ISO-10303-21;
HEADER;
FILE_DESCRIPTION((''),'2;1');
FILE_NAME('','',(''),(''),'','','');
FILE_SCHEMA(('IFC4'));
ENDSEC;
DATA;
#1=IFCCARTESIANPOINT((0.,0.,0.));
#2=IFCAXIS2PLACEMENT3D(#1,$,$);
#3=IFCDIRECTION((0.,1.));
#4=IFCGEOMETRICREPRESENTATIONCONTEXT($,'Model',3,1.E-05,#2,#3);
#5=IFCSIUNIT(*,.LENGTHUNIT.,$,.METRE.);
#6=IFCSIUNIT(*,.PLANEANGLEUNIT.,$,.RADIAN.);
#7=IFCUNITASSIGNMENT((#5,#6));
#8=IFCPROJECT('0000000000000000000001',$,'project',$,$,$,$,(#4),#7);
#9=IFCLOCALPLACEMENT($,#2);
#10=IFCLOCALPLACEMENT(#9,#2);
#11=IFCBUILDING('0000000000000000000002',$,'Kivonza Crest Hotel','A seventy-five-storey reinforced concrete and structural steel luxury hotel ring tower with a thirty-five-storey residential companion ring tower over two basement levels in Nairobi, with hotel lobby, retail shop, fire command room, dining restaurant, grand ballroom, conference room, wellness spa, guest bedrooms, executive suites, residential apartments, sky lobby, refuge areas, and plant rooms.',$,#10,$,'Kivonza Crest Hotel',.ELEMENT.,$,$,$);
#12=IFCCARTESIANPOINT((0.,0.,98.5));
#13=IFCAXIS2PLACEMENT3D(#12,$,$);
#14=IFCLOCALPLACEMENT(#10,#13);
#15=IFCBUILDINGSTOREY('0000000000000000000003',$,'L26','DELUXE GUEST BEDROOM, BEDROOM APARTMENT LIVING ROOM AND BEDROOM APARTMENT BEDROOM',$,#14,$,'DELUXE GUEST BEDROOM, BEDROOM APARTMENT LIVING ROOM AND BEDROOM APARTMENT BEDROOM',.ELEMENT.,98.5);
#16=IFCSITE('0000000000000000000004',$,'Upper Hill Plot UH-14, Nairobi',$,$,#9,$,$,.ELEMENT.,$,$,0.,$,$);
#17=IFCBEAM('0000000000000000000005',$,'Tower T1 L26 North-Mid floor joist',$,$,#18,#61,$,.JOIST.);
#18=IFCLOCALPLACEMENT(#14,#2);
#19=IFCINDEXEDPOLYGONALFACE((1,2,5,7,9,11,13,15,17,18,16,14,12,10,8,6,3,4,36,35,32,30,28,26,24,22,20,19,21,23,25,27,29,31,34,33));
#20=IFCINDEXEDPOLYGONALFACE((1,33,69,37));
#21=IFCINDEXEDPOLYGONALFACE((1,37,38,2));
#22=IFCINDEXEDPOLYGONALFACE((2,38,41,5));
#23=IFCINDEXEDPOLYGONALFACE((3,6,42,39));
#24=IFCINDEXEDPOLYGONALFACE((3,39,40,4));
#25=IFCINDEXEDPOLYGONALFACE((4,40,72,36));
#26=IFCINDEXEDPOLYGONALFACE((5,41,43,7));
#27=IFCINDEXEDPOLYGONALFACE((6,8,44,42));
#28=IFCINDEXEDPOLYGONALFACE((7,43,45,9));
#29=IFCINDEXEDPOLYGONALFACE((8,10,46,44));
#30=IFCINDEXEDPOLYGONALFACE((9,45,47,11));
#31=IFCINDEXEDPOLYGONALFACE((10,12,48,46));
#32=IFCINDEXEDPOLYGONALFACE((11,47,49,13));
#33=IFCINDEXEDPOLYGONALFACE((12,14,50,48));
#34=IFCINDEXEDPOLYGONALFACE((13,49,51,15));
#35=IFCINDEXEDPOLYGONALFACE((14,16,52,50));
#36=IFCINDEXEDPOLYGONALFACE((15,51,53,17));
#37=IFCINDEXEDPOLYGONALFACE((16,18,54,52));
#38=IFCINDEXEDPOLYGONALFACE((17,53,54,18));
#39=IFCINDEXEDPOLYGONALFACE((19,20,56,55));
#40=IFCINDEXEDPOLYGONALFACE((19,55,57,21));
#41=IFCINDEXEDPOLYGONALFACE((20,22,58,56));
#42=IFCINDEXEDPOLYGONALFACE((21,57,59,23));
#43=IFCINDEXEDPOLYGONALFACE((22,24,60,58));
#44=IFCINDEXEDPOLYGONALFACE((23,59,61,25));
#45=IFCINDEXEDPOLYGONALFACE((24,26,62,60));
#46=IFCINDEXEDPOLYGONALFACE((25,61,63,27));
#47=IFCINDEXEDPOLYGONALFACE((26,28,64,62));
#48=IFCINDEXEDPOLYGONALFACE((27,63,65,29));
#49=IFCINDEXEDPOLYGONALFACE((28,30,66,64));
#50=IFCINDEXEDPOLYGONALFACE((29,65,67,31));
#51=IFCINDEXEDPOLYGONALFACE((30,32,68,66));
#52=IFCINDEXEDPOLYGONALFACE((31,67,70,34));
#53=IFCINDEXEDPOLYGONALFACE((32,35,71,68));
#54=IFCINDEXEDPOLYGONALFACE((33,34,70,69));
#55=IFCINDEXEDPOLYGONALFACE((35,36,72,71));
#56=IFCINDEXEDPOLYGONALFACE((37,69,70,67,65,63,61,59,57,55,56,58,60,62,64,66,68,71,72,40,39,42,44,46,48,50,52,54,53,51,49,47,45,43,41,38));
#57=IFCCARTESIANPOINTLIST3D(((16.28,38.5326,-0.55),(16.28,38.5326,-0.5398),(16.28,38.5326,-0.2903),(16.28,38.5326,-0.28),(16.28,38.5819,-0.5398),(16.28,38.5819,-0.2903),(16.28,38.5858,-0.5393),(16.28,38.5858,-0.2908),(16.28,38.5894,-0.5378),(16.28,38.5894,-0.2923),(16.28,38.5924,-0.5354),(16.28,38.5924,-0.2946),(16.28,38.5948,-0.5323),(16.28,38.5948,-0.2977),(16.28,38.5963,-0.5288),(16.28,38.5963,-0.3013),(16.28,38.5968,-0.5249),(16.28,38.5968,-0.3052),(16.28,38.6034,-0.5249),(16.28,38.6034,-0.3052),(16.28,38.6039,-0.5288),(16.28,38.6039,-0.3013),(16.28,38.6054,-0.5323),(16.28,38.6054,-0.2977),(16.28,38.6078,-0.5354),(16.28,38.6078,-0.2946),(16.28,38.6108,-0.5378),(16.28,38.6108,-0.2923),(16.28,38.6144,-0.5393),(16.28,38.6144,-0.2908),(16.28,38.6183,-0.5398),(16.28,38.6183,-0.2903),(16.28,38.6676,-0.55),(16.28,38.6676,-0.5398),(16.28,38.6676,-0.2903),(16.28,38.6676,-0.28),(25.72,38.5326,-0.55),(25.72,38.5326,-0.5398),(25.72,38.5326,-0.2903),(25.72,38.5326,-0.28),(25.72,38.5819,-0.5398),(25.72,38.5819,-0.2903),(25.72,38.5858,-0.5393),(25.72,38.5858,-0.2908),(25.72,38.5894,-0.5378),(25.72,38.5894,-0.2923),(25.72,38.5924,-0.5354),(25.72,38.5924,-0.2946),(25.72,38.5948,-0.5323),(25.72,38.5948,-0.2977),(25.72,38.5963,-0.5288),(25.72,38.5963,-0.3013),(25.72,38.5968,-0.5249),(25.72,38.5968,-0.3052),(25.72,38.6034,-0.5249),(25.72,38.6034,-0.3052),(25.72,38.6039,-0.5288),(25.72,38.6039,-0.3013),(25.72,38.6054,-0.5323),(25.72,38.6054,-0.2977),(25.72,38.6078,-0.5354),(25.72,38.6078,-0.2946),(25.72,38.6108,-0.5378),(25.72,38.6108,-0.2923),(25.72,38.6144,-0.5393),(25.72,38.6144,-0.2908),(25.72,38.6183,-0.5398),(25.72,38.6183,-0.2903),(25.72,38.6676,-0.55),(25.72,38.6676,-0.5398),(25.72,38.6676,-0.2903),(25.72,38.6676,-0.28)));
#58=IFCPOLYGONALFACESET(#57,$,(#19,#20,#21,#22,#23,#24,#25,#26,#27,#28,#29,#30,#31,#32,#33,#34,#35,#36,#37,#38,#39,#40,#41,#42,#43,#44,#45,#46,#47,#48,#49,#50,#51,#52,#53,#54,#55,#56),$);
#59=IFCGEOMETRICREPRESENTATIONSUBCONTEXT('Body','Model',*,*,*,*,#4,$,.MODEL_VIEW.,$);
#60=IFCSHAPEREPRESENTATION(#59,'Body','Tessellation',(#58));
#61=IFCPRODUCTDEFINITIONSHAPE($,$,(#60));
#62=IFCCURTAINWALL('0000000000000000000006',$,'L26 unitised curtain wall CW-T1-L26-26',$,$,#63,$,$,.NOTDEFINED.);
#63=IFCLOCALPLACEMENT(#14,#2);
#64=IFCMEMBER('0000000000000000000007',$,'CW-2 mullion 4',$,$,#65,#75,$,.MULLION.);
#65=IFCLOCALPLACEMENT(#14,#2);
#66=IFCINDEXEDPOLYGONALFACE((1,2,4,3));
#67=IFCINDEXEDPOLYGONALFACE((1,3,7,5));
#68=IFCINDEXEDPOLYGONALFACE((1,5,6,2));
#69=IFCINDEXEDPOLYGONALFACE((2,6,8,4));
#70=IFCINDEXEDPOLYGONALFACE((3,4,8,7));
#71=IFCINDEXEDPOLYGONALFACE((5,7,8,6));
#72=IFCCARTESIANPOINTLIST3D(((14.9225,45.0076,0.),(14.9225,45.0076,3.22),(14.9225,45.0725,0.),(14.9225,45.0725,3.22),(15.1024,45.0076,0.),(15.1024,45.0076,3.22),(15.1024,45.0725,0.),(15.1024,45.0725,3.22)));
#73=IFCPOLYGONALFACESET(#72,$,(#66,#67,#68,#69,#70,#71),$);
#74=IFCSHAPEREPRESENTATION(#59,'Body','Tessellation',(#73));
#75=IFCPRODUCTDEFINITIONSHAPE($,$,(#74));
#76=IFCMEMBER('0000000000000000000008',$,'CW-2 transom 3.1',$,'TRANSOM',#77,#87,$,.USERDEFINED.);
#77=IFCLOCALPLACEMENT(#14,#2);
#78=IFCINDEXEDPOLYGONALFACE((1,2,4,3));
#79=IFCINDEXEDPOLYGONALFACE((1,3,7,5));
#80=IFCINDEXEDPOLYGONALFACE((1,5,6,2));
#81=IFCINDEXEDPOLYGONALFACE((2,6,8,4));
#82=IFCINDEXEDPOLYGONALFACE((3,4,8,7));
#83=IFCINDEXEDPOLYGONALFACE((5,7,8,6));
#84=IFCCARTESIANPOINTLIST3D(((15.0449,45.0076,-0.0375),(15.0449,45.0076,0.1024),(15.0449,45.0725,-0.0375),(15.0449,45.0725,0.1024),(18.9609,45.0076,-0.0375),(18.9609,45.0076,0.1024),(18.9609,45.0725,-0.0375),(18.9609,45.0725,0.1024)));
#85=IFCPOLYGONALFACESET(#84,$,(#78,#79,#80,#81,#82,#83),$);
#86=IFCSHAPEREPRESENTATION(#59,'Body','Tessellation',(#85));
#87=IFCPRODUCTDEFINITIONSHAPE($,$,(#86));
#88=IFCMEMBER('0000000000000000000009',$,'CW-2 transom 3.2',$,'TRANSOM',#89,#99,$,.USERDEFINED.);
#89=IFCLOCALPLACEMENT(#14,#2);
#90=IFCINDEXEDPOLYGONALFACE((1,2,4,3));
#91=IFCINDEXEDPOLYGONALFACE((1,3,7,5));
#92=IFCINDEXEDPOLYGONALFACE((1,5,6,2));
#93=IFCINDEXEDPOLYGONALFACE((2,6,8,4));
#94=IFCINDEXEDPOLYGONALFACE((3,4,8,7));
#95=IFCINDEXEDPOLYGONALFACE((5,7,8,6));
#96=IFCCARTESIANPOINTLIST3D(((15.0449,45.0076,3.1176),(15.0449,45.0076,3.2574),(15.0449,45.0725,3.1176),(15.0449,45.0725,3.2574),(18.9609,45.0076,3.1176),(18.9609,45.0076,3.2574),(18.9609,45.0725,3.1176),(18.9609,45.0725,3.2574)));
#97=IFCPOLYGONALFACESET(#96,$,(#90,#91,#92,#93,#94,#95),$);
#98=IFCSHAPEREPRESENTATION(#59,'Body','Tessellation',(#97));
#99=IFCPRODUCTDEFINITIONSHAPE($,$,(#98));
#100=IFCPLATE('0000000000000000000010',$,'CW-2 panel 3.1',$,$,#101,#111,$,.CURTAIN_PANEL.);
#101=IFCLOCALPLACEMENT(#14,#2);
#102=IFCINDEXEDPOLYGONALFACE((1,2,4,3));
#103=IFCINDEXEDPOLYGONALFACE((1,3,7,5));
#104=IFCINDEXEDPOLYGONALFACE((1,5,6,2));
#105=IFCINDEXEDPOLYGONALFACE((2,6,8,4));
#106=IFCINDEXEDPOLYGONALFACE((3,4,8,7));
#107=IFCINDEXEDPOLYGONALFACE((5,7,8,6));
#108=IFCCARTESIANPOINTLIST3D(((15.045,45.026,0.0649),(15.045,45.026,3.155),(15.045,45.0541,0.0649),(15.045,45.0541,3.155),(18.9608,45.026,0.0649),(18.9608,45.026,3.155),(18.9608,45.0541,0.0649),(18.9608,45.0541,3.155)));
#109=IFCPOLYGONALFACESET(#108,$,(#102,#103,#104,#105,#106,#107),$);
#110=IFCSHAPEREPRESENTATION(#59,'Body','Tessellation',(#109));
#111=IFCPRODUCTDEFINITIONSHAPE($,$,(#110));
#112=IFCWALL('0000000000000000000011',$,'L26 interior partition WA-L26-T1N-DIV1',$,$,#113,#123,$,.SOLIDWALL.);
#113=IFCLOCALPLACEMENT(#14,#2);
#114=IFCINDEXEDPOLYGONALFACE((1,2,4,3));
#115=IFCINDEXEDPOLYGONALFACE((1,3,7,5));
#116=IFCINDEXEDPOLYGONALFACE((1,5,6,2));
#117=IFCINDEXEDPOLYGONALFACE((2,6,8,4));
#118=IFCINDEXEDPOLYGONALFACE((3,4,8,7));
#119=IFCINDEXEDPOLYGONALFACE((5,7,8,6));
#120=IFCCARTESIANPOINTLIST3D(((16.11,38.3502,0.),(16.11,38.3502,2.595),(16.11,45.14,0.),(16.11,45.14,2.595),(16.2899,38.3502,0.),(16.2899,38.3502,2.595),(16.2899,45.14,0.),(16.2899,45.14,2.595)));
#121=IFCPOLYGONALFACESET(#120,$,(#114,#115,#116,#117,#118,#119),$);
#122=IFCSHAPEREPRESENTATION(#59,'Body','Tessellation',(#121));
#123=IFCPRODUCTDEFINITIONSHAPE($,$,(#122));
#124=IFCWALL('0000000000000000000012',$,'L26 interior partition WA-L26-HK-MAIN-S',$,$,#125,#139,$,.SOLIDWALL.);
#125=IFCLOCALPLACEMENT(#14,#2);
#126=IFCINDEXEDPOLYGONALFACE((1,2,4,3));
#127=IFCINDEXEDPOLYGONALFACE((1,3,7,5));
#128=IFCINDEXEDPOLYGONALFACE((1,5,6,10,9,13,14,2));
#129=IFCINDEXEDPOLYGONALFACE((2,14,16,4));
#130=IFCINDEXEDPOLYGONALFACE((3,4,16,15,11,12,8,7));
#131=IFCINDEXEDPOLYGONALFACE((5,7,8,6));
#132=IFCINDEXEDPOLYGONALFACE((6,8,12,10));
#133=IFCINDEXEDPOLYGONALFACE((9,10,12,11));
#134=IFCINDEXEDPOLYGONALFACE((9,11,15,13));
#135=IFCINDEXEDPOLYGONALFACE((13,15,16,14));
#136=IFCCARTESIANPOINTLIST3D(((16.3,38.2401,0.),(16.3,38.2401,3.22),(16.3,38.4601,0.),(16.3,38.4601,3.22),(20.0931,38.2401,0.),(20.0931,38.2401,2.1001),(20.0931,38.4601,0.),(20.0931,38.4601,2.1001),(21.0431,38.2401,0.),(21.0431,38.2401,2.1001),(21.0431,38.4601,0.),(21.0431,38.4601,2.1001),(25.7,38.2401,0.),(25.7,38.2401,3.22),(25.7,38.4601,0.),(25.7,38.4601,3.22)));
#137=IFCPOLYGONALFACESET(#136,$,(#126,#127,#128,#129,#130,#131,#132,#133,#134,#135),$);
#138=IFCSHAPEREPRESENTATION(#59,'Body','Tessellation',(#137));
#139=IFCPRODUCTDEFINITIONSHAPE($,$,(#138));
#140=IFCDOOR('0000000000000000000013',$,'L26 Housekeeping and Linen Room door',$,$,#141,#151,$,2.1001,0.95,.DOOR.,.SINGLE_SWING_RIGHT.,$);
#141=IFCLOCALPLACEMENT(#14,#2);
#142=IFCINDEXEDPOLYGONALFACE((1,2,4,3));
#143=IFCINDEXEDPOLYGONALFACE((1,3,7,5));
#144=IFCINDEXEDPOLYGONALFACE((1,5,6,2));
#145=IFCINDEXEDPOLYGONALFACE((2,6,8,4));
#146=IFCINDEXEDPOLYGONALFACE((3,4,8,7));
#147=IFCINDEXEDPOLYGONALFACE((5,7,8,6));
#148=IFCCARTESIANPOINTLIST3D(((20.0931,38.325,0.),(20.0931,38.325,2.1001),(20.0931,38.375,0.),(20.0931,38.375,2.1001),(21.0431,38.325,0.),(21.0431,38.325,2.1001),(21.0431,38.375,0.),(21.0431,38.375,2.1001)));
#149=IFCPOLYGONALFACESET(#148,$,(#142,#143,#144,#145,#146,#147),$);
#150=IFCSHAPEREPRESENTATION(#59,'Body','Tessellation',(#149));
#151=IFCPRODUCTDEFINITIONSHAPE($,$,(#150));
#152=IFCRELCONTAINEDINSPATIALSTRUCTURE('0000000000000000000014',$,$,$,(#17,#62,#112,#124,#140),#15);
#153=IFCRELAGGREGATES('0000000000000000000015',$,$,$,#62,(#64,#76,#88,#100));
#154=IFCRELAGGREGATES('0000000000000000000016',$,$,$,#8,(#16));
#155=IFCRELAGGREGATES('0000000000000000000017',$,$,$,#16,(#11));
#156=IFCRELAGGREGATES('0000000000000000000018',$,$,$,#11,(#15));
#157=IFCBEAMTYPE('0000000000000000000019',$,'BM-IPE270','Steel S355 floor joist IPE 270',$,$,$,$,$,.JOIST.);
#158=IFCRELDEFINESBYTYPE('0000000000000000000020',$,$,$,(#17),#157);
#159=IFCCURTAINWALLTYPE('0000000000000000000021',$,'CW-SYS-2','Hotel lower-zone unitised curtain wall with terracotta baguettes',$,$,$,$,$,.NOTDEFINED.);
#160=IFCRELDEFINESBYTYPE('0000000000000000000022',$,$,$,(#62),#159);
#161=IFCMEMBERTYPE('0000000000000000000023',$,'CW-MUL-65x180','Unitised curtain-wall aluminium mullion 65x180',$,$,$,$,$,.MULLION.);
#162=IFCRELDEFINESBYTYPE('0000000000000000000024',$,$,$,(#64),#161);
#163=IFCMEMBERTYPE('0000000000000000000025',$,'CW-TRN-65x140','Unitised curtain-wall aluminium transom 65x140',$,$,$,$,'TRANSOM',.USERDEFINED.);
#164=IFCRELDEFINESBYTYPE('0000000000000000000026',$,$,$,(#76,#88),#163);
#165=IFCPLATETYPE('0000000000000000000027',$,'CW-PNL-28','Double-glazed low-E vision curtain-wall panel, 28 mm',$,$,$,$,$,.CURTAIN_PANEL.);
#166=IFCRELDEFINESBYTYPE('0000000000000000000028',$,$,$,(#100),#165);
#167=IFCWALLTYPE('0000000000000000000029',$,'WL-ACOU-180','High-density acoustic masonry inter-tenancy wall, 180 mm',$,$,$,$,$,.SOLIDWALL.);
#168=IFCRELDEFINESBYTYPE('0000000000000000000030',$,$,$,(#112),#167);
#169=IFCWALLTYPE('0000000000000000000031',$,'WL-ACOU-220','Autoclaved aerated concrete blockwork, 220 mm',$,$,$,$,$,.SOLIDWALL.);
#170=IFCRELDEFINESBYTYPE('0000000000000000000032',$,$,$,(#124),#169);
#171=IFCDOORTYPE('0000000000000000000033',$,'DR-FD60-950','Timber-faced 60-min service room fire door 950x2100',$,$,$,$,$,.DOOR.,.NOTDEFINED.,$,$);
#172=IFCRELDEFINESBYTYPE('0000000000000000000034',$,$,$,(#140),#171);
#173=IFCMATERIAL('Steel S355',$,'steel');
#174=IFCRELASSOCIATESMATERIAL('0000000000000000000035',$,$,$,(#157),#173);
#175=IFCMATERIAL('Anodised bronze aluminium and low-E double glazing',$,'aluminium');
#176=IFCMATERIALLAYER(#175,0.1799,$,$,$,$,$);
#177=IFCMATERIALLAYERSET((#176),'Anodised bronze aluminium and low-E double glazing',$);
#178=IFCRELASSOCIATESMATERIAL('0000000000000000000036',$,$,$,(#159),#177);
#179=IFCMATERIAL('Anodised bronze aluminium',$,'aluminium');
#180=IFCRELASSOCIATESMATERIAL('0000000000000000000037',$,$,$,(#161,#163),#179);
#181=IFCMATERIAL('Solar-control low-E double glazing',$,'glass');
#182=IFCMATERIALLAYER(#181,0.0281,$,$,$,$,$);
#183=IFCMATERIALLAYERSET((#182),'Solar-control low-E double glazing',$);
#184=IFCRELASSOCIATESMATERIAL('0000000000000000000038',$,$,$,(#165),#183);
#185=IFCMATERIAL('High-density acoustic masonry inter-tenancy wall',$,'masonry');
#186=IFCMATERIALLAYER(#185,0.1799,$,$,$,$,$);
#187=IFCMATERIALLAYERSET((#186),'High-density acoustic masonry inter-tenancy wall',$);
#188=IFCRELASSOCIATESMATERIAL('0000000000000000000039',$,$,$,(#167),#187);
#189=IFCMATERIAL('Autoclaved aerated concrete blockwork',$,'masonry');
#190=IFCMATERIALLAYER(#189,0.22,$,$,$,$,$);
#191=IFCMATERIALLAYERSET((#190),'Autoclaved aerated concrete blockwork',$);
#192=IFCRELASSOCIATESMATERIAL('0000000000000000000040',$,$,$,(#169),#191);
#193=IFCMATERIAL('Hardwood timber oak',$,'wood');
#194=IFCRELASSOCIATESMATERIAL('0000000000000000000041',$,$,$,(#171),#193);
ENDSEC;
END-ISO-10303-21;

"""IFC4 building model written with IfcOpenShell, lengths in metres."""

from ifc_helpers import new_model, si_unit, direction, frame, frame_2d, origin, origin_2d, place, context, subcontext, project, spatial, rectangle, i_section, extrude, material, layer, layer_set, material_profile, profile_set, type_object, element, fill, aggregate, save


model = new_model("IFC4")

# Units and contexts
model_context = context("Model", 3, precision=1e-05, world=origin(), true_north=direction((0.0, 1.0)))
body_context = subcontext(model_context, "Body", "Model", "MODEL_VIEW")
ifc_project = project(units=[si_unit("LENGTHUNIT", "METRE"), si_unit("PLANEANGLEUNIT", "RADIAN")], contexts=[model_context])

# Site, building, storey
site_placement = place(None, origin())
site = spatial("IfcSite", under=ifc_project, at=site_placement, Name="Upper Hill Plot UH-14, Nairobi", CompositionType="ELEMENT", RefElevation=0.0)
building_placement = place(site_placement, origin())
building = spatial("IfcBuilding", under=site, at=building_placement, Name="Kivonza Crest Hotel", Description="A seventy-five-storey reinforced concrete and structural steel luxury hotel ring tower with a thirty-five-storey residential companion ring tower over two basement levels in Nairobi, with hotel lobby, retail shop, fire command room, dining restaurant, grand ballroom, conference room, wellness spa, guest bedrooms, executive suites, residential apartments, sky lobby, refuge areas, and plant rooms.", LongName="Kivonza Crest Hotel", CompositionType="ELEMENT")
storey_placement = place(building_placement, frame((0.0, 0.0, 98.5)))
storey = spatial("IfcBuildingStorey", under=building, at=storey_placement, Name="L26", Description="DELUXE GUEST BEDROOM, BEDROOM APARTMENT LIVING ROOM AND BEDROOM APARTMENT BEDROOM", LongName="DELUXE GUEST BEDROOM, BEDROOM APARTMENT LIVING ROOM AND BEDROOM APARTMENT BEDROOM", CompositionType="ELEMENT", Elevation=98.5)

# Beam
ifc_material_1 = material(Name="Steel S355", Category="steel")
ifc_material_profile_1 = material_profile(ifc_material_1, i_section(OverallWidth=0.135, OverallDepth=0.27, WebThickness=0.0066, FlangeThickness=0.0103, FilletRadius=0.0149, at=origin_2d()), Name="IPE 270")
ifc_profile_set_1 = profile_set([ifc_material_profile_1], Name="Steel S355")
beam_type_1 = type_object("IfcBeamType", Name="BM-IPE270", Description="Steel S355 floor joist IPE 270", PredefinedType="JOIST", material=ifc_profile_set_1)
beam_1_placement = place(storey_placement, frame((16.28, 38.6001, -0.415), z_axis=(1.0, 0.0, 0.0), x_axis=(0.0, 1.0, 0.0)))
element("IfcBeam", 1, at=beam_1_placement, inside=storey, type_object=beam_type_1, Name="Tower T1 L26 North-Mid floor joist", PredefinedType="JOIST", context=body_context, shape_type="SweptSolid", body=[
    extrude(i_section(OverallWidth=0.135, OverallDepth=0.27, WebThickness=0.0066, FlangeThickness=0.0103, FilletRadius=0.0149, at=origin_2d()), origin(), (0.0, 0.0, 1.0), 9.4399),
])

# Curtain wall, members, plate
ifc_material_2 = material(Name="Anodised bronze aluminium and low-E double glazing", Category="aluminium")
ifc_layer_1 = layer(ifc_material_2, 0.1799)
ifc_layer_set_1 = layer_set([ifc_layer_1], Name="Anodised bronze aluminium and low-E double glazing")
curtain_wall_type = type_object("IfcCurtainWallType", Name="CW-SYS-2", Description="Hotel lower-zone unitised curtain wall with terracotta baguettes", PredefinedType="NOTDEFINED", material=ifc_layer_set_1)
curtain_wall_placement = place(storey_placement, origin())
curtain_wall = element("IfcCurtainWall", 2, at=curtain_wall_placement, inside=storey, type_object=curtain_wall_type, Name="L26 unitised curtain wall CW-T1-L26-26", PredefinedType="NOTDEFINED")
ifc_material_3 = material(Name="Anodised bronze aluminium", Category="aluminium")
ifc_material_profile_2 = material_profile(ifc_material_3, rectangle(XDim=0.0649, YDim=0.1799, at=origin_2d()), Name="CW-M 65x180")
ifc_profile_set_2 = profile_set([ifc_material_profile_2], Name="Anodised bronze aluminium")
member_type_1 = type_object("IfcMemberType", Name="CW-MUL-65x180", Description="Unitised curtain-wall aluminium mullion 65x180", PredefinedType="MULLION", material=ifc_profile_set_2)
member_1_placement = place(storey_placement, frame((15.0125, 45.04, 0.0), z_axis=(0.0, 0.0, 1.0), x_axis=(0.0, -1.0, 0.0)))
member_1 = element("IfcMember", 3, at=member_1_placement, type_object=member_type_1, Name="CW-2 mullion 4", PredefinedType="MULLION", context=body_context, shape_type="SweptSolid", body=[
    extrude(rectangle(XDim=0.0649, YDim=0.1799, at=origin_2d()), origin(), (0.0, 0.0, 1.0), 3.22),
])
ifc_material_profile_3 = material_profile(ifc_material_3, rectangle(XDim=0.0649, YDim=0.1399, at=origin_2d()), Name="CW-T 65x140")
ifc_profile_set_3 = profile_set([ifc_material_profile_3], Name="Anodised bronze aluminium")
member_type_2 = type_object("IfcMemberType", Name="CW-TRN-65x140", Description="Unitised curtain-wall aluminium transom 65x140", ElementType="TRANSOM", PredefinedType="USERDEFINED", material=ifc_profile_set_3)
member_2_placement = place(storey_placement, frame((18.9609, 45.04, 0.0325), z_axis=(-1.0, 0.0, 0.0), x_axis=(0.0, -1.0, 0.0)))
member_2 = element("IfcMember", 4, at=member_2_placement, type_object=member_type_2, Name="CW-2 transom 3.1", ObjectType="TRANSOM", PredefinedType="USERDEFINED", context=body_context, shape_type="SweptSolid", body=[
    extrude(rectangle(XDim=0.0649, YDim=0.1399, at=origin_2d()), origin(), (0.0, 0.0, 1.0), 3.916),
])
member_3_placement = place(storey_placement, frame((18.9609, 45.04, 3.1875), z_axis=(-1.0, 0.0, 0.0), x_axis=(0.0, -1.0, 0.0)))
member_3 = element("IfcMember", 5, at=member_3_placement, type_object=member_type_2, Name="CW-2 transom 3.2", ObjectType="TRANSOM", PredefinedType="USERDEFINED", context=body_context, shape_type="SweptSolid", body=[
    extrude(rectangle(XDim=0.0649, YDim=0.1399, at=origin_2d()), origin(), (0.0, 0.0, 1.0), 3.916),
])
ifc_material_4 = material(Name="Solar-control low-E double glazing", Category="glass")
ifc_layer_2 = layer(ifc_material_4, 0.0281)
ifc_layer_set_2 = layer_set([ifc_layer_2], Name="Solar-control low-E double glazing")
plate_type = type_object("IfcPlateType", Name="CW-PNL-28", Description="Double-glazed low-E vision curtain-wall panel, 28 mm", PredefinedType="CURTAIN_PANEL", material=ifc_layer_set_2)
plate_placement = place(storey_placement, frame((17.0029, 45.04, 0.0649), z_axis=(0.0, 0.0, 1.0), x_axis=(-1.0, 0.0, 0.0)))
plate = element("IfcPlate", 6, at=plate_placement, type_object=plate_type, Name="CW-2 panel 3.1", PredefinedType="CURTAIN_PANEL", context=body_context, shape_type="SweptSolid", body=[
    extrude(rectangle(XDim=3.9158, YDim=0.0281, at=origin_2d()), origin(), (0.0, 0.0, 1.0), 3.0901),
])
aggregate(curtain_wall, [member_1, member_2, member_3, plate])

# Wall
ifc_material_5 = material(Name="High-density acoustic masonry inter-tenancy wall", Category="masonry")
ifc_layer_3 = layer(ifc_material_5, 0.1799)
ifc_layer_set_3 = layer_set([ifc_layer_3], Name="High-density acoustic masonry inter-tenancy wall")
wall_type_1 = type_object("IfcWallType", Name="WL-ACOU-180", Description="High-density acoustic masonry inter-tenancy wall, 180 mm", PredefinedType="SOLIDWALL", material=ifc_layer_set_3)
wall_1_placement = place(storey_placement, frame((16.2, 38.3501, 0.0), z_axis=(0.0, 0.0, 1.0), x_axis=(0.0, 1.0, 0.0)))
element("IfcWall", 7, at=wall_1_placement, inside=storey, type_object=wall_type_1, Name="L26 interior partition WA-L26-T1N-DIV1", PredefinedType="SOLIDWALL", context=body_context, shape_type="SweptSolid", body=[
    extrude(rectangle(XDim=6.7898, YDim=0.1799, at=frame_2d((3.395, 0.0))), origin(), (0.0, 0.0, 1.0), 2.595),
])

# Wall, opening, door
ifc_material_6 = material(Name="Autoclaved aerated concrete blockwork", Category="masonry")
ifc_layer_4 = layer(ifc_material_6, 0.22)
ifc_layer_set_4 = layer_set([ifc_layer_4], Name="Autoclaved aerated concrete blockwork")
wall_type_2 = type_object("IfcWallType", Name="WL-ACOU-220", Description="Autoclaved aerated concrete blockwork, 220 mm", PredefinedType="SOLIDWALL", material=ifc_layer_set_4)
wall_2_placement = place(storey_placement, frame((16.3, 38.3501, 0.0), z_axis=(0.0, 0.0, 1.0), x_axis=(1.0, 0.0, 0.0)))
wall_2 = element("IfcWall", 8, at=wall_2_placement, inside=storey, type_object=wall_type_2, Name="L26 interior partition WA-L26-HK-MAIN-S", PredefinedType="SOLIDWALL", context=body_context, shape_type="SweptSolid", body=[
    extrude(rectangle(XDim=9.3999, YDim=0.22, at=frame_2d((4.7, 0.0))), origin(), (0.0, 0.0, 1.0), 3.22),
])
opening_1_placement = place(wall_2_placement, frame((3.793, 0.0, 0.0)))
opening_1 = element("IfcOpeningElement", 9, at=opening_1_placement, cuts=wall_2, PredefinedType="OPENING", context=body_context, shape_type="SweptSolid", body=[
    extrude(rectangle(XDim=0.95, YDim=2.1001, at=frame_2d((0.4751, 1.05))), frame((0.0, 0.1201, 0.0), z_axis=(0.0, -1.0, 0.0), x_axis=(1.0, 0.0, 0.0)), (0.0, 0.0, 1.0), 0.24),
])
ifc_material_7 = material(Name="Hardwood timber oak", Category="wood")
door_type = type_object("IfcDoorType", Name="DR-FD60-950", Description="Timber-faced 60-min service room fire door 950x2100", OperationType="NOTDEFINED", PredefinedType="DOOR", material=ifc_material_7)
door_placement = place(opening_1_placement, origin())
door = element("IfcDoor", 10, at=door_placement, inside=storey, type_object=door_type, Name="L26 Housekeeping and Linen Room door", OperationType="SINGLE_SWING_RIGHT", OverallHeight=2.1001, OverallWidth=0.95, PredefinedType="DOOR", context=body_context, shape_type="SweptSolid", body=[
    extrude(rectangle(XDim=0.95, YDim=2.1001, at=frame_2d((0.4751, 1.05))), frame((0.0, 0.0249, 0.0), z_axis=(0.0, -1.0, 0.0), x_axis=(1.0, 0.0, 0.0)), (0.0, 0.0, 1.0), 0.05),
])
fill(opening_1, door)

save(model, "model.ifc")
